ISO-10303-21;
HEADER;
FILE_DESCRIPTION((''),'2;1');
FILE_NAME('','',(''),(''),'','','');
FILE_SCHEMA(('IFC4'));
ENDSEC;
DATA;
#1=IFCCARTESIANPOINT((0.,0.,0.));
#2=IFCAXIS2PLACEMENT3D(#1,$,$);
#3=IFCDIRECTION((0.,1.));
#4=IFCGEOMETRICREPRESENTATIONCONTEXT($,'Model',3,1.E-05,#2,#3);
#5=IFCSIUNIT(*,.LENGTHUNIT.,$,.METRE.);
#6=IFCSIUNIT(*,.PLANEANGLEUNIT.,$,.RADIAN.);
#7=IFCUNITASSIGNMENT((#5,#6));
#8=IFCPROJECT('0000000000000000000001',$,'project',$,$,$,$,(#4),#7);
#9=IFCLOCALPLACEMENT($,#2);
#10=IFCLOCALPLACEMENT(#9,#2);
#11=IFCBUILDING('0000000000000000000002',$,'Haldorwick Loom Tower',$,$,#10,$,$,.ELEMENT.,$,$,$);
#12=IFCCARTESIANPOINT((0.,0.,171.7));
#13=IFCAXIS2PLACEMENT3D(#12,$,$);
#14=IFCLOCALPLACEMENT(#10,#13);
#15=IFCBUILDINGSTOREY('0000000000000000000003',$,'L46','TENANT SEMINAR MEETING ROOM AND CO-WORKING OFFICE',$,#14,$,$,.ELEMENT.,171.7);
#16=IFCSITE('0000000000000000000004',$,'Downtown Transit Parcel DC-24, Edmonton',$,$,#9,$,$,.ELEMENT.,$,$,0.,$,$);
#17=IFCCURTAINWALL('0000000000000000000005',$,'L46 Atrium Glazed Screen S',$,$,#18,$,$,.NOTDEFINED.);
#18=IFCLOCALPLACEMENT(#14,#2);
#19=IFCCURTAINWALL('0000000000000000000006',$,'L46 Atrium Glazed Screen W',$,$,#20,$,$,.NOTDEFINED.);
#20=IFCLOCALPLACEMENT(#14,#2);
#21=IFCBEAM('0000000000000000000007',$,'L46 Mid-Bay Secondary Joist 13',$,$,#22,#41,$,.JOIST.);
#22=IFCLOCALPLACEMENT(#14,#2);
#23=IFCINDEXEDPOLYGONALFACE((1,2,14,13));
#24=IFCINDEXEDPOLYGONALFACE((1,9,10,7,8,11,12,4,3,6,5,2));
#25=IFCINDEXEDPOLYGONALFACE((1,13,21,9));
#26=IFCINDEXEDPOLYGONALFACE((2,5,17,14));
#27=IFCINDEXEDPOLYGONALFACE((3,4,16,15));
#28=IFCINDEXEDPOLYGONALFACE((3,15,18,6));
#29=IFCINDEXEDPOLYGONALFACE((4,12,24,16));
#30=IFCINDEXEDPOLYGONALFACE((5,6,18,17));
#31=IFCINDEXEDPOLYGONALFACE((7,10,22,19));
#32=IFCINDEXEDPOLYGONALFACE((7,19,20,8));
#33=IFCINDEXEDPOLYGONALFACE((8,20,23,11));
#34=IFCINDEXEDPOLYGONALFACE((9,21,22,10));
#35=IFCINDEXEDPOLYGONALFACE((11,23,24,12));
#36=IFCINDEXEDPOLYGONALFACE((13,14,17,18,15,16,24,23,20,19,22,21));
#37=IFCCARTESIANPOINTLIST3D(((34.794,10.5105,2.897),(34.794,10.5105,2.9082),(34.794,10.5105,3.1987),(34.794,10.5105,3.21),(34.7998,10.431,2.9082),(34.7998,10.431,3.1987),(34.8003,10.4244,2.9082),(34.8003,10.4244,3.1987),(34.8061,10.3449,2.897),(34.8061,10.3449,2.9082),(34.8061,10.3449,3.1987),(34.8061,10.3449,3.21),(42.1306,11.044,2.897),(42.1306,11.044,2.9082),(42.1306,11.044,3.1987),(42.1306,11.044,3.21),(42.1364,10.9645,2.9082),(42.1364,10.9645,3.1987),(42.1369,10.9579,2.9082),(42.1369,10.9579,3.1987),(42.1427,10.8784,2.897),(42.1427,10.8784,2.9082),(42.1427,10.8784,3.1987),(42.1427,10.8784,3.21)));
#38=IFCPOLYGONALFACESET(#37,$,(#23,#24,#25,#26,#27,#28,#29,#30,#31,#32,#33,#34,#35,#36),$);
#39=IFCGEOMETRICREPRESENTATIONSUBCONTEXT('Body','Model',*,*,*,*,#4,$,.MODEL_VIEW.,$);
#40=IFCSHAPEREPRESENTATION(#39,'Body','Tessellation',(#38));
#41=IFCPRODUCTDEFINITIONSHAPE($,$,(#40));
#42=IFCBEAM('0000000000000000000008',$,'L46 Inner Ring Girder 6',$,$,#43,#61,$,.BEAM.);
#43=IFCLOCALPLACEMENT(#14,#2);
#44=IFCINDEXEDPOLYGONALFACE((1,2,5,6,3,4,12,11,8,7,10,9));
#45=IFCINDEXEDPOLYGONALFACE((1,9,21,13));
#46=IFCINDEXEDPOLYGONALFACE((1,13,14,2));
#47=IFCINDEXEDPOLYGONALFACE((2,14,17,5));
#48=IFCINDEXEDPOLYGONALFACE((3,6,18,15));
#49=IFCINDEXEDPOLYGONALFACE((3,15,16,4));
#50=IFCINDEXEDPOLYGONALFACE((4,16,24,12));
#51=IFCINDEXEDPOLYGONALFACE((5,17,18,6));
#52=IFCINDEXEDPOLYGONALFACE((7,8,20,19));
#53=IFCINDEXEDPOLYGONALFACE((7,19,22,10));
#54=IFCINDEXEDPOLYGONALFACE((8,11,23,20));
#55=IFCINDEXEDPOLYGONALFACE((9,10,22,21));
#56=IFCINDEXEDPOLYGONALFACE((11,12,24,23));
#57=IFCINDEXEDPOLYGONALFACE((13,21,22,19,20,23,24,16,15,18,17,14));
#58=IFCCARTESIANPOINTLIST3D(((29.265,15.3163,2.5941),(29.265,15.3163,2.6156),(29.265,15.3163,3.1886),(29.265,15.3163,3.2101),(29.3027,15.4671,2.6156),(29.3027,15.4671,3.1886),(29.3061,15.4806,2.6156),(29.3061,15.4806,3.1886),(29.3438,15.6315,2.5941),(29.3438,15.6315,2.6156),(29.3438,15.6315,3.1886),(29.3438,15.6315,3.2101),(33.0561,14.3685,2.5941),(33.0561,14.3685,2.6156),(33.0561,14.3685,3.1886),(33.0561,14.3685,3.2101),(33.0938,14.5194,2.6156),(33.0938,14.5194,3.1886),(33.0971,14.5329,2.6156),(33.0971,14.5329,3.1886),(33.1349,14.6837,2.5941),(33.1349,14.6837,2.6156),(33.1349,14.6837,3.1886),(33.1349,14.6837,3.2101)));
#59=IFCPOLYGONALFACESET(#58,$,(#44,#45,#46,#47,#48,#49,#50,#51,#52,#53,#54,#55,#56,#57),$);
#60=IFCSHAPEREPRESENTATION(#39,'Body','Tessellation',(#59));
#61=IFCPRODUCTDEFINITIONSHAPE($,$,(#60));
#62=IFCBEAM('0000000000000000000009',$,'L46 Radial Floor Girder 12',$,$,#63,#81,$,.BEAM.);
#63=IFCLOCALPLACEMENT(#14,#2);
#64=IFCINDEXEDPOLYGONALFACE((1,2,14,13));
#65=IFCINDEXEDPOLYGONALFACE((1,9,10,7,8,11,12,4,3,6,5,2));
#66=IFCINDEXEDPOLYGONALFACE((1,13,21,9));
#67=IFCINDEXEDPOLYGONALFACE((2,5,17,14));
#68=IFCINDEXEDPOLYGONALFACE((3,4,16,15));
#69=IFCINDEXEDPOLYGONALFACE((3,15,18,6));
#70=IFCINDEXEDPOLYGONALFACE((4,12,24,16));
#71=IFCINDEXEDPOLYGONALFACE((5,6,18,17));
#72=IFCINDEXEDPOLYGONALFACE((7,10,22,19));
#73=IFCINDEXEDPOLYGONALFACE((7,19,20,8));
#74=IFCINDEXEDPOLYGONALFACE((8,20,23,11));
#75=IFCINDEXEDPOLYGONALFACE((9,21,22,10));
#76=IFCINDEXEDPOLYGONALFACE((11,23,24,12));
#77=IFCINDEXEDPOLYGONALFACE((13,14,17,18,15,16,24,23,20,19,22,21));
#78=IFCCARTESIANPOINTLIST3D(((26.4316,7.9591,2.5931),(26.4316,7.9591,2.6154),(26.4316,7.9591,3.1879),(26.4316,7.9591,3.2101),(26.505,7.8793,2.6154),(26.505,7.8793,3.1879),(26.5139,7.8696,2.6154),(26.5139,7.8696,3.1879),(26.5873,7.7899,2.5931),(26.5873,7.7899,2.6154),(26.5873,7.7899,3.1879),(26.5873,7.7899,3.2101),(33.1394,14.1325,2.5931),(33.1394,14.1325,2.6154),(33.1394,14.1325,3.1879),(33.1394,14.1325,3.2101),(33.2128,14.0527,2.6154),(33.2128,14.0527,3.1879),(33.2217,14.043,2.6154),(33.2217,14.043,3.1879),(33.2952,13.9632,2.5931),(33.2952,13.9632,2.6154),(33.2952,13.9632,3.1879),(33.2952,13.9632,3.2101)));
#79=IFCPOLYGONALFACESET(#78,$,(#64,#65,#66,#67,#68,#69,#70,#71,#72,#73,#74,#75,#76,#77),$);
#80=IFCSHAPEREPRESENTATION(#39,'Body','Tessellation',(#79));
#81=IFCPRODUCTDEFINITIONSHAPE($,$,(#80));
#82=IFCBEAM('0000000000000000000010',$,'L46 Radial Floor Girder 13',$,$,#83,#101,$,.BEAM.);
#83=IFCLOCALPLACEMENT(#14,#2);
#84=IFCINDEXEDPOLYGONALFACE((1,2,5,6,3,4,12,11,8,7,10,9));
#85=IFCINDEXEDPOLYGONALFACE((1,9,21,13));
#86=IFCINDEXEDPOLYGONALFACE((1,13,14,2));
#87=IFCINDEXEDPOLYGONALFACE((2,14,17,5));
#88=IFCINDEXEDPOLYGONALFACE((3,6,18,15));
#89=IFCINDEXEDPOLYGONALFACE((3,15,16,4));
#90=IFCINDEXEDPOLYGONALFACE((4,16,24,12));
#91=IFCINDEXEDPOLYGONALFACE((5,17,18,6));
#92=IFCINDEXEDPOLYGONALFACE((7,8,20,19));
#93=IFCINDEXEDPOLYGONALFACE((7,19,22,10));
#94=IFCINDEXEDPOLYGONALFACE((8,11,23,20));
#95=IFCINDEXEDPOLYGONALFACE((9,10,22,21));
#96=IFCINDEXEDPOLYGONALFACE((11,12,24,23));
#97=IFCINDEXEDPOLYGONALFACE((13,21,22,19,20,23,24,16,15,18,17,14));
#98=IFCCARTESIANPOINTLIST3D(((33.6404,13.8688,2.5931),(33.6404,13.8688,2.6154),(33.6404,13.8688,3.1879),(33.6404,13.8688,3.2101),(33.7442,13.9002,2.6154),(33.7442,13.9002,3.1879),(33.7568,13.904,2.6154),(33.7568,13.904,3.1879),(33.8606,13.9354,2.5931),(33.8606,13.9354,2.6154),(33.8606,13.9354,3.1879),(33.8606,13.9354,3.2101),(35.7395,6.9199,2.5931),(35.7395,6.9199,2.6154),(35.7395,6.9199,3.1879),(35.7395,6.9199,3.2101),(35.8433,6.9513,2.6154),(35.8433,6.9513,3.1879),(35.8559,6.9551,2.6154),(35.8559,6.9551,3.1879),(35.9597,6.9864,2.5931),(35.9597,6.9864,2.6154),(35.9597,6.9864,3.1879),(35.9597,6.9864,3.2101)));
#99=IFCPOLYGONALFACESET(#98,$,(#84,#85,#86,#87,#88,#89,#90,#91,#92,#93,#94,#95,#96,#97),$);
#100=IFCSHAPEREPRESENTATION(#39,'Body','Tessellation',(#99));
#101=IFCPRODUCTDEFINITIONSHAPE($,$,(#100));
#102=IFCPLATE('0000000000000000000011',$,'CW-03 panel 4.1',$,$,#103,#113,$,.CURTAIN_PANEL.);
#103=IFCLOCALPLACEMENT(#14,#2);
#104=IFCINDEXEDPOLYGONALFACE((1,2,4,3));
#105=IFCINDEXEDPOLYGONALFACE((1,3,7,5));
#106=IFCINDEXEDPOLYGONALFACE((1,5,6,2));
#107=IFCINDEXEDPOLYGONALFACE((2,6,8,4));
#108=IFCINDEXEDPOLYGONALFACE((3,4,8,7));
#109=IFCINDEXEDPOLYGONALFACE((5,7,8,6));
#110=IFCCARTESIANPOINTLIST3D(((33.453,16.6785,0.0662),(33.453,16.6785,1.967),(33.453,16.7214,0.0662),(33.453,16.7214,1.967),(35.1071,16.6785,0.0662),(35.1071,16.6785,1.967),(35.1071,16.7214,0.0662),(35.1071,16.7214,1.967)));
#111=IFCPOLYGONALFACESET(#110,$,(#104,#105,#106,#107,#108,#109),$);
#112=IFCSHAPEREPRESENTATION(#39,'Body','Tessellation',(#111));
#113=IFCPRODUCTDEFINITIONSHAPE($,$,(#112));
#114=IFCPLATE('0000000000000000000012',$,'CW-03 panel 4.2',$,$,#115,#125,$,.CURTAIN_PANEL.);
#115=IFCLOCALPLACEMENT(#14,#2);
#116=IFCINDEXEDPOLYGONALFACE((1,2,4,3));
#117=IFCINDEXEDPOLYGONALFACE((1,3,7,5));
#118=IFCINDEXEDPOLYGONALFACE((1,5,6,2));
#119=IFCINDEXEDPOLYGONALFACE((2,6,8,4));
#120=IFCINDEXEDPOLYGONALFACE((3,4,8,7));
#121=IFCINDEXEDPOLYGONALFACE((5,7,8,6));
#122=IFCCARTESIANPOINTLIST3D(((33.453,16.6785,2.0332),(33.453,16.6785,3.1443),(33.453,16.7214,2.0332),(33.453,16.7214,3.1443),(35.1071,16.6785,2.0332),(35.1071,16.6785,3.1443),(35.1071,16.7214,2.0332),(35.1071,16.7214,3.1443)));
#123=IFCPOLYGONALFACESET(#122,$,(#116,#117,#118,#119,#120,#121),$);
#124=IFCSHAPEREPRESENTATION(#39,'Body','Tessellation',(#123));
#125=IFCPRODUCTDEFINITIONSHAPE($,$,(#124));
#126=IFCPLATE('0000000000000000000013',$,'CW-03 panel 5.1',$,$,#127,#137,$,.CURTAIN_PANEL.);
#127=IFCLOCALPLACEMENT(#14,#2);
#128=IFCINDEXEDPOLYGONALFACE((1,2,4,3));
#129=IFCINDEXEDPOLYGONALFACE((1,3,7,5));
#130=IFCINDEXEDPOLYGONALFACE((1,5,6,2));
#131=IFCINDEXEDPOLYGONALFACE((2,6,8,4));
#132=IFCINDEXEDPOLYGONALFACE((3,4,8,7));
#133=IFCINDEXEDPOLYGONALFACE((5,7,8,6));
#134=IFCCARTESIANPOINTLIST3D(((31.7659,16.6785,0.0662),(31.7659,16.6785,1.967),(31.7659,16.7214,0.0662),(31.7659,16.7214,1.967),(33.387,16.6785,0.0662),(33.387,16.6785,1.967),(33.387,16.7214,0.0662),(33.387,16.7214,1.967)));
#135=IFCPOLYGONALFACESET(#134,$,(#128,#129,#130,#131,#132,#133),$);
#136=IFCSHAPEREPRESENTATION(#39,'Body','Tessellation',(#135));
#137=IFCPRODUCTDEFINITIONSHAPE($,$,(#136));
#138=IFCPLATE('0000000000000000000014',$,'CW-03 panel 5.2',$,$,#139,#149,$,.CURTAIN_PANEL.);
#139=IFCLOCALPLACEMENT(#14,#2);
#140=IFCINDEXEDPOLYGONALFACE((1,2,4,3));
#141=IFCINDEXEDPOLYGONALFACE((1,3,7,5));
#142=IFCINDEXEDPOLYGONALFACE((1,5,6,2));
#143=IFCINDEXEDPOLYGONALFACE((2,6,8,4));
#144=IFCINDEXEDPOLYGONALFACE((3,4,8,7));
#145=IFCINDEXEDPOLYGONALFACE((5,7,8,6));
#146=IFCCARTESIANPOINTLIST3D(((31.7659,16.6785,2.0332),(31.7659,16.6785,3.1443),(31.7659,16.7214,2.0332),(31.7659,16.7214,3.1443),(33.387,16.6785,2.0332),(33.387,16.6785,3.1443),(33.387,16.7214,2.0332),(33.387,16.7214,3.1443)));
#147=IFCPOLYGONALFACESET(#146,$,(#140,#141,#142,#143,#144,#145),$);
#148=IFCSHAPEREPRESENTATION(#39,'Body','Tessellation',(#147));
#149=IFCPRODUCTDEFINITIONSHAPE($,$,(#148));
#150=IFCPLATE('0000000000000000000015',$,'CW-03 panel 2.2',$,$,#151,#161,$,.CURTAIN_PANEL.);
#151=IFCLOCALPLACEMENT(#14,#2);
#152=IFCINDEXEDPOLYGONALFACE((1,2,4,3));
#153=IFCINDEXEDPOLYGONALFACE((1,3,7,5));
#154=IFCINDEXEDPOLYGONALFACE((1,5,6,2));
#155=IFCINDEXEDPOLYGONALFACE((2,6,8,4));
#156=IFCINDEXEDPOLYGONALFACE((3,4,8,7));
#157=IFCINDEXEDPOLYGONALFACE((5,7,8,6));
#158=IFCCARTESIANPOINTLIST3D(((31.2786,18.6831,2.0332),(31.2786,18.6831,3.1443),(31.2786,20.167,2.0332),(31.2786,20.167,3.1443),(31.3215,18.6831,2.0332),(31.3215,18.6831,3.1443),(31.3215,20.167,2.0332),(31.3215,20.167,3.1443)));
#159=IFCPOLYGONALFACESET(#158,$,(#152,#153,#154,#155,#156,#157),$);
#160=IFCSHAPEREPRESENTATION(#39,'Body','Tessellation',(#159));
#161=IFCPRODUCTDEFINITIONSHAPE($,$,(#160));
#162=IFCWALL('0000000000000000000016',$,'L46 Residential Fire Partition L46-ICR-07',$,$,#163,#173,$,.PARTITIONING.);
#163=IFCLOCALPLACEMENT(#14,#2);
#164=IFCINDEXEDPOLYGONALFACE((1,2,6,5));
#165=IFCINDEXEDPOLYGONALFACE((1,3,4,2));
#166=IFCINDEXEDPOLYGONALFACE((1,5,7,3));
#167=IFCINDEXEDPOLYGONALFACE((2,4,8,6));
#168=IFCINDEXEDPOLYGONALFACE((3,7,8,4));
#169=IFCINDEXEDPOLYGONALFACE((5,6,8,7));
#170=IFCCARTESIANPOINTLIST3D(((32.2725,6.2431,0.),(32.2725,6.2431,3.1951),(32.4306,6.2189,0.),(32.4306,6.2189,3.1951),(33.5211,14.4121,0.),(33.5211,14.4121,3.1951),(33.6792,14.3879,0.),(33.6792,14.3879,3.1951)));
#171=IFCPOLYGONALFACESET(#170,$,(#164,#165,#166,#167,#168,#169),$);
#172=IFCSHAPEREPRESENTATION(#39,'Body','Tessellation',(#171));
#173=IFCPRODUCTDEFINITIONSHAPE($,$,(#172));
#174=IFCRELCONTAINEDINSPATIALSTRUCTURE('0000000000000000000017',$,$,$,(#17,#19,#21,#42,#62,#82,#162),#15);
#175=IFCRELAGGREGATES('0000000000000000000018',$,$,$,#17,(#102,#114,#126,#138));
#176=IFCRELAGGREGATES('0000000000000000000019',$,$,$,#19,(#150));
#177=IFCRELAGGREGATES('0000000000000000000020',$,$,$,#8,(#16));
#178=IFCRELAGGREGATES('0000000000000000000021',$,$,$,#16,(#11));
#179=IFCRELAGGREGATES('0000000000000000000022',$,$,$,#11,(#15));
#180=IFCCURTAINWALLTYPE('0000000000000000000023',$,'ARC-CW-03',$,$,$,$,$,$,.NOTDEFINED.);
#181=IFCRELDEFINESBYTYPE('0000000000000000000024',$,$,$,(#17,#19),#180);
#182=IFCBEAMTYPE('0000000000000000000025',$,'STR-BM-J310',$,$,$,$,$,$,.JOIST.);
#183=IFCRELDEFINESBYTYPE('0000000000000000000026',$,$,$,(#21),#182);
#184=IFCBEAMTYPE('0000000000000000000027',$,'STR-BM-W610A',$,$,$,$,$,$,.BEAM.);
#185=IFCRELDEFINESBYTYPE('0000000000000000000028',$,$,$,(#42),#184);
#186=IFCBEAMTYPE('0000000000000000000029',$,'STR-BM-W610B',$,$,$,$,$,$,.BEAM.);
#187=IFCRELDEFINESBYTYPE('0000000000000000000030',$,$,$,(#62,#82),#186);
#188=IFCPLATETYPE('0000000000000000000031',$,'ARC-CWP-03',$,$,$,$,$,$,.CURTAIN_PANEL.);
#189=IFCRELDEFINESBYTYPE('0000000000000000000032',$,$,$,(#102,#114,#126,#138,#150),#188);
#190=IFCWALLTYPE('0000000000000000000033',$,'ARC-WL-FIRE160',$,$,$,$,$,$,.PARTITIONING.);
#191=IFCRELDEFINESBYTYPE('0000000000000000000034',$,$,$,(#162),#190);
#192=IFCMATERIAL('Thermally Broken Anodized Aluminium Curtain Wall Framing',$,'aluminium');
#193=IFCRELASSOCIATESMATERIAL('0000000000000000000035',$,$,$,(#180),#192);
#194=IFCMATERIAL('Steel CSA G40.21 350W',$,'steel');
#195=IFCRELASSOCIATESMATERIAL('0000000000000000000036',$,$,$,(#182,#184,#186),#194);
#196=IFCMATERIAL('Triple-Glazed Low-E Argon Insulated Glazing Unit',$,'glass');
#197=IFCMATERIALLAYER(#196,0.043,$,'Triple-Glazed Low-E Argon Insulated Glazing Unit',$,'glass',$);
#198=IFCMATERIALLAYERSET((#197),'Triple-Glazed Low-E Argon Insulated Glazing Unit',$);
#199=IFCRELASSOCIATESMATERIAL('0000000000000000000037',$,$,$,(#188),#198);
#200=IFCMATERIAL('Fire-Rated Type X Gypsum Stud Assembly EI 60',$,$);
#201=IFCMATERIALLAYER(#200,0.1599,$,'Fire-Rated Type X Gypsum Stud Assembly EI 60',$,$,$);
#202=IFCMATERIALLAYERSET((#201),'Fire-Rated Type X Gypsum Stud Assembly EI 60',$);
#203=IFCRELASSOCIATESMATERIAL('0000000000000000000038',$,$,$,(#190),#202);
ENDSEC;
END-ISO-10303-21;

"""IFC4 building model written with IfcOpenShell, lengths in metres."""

from ifc_helpers import new_model, si_unit, direction, frame, frame_2d, origin, origin_2d, place, context, subcontext, project, spatial, rectangle, i_section, extrude, material, layer, layer_set, material_profile, profile_set, type_object, element, aggregate, save


model = new_model("IFC4")

# Units and contexts
model_context = context("Model", 3, precision=1e-05, world=origin(), true_north=direction((0.0, 1.0)))
body_context = subcontext(model_context, "Body", "Model", "MODEL_VIEW")
ifc_project = project(units=[si_unit("LENGTHUNIT", "METRE"), si_unit("PLANEANGLEUNIT", "RADIAN")], contexts=[model_context])

# Site, building, storey
site_placement = place(None, origin())
site = spatial("IfcSite", under=ifc_project, at=site_placement, Name="Downtown Transit Parcel DC-24, Edmonton", CompositionType="ELEMENT", RefElevation=0.0)
building_placement = place(site_placement, origin())
building = spatial("IfcBuilding", under=site, at=building_placement, Name="Haldorwick Loom Tower", CompositionType="ELEMENT")
storey_placement = place(building_placement, frame((0.0, 0.0, 171.7)))
storey = spatial("IfcBuildingStorey", under=building, at=storey_placement, Name="L46", Description="TENANT SEMINAR MEETING ROOM AND CO-WORKING OFFICE", CompositionType="ELEMENT", Elevation=171.7)

# Curtain wall
ifc_material_1 = material(Name="Thermally Broken Anodized Aluminium Curtain Wall Framing", Category="aluminium")
curtain_wall_type = type_object("IfcCurtainWallType", Name="ARC-CW-03", PredefinedType="NOTDEFINED", material=ifc_material_1)
curtain_wall_1_placement = place(storey_placement, origin())
curtain_wall_1 = element("IfcCurtainWall", 1, at=curtain_wall_1_placement, inside=storey, type_object=curtain_wall_type, Name="L46 Atrium Glazed Screen S", PredefinedType="NOTDEFINED")

# Curtain wall
curtain_wall_2_placement = place(storey_placement, origin())
curtain_wall_2 = element("IfcCurtainWall", 2, at=curtain_wall_2_placement, inside=storey, type_object=curtain_wall_type, Name="L46 Atrium Glazed Screen W", PredefinedType="NOTDEFINED")

# Beams
ifc_material_2 = material(Name="Steel CSA G40.21 350W", Category="steel")
ifc_material_profile_1 = material_profile(ifc_material_2, i_section(OverallWidth=0.166, OverallDepth=0.313, WebThickness=0.0066, FlangeThickness=0.0112, at=origin_2d()), Name="W310X45", Category="steel")
ifc_profile_set_1 = profile_set([ifc_material_profile_1], Name="Steel CSA G40.21 350W")
beam_type_1 = type_object("IfcBeamType", Name="STR-BM-J310", PredefinedType="JOIST", material=ifc_profile_set_1)
beam_1_placement = place(storey_placement, frame((34.8, 10.4277, 3.0535), z_axis=(0.997367, 0.072518, 0.0), x_axis=(-0.072518, 0.997367, 0.0)))
element("IfcBeam", 3, at=beam_1_placement, inside=storey, type_object=beam_type_1, Name="L46 Mid-Bay Secondary Joist 13", PredefinedType="JOIST", context=body_context, shape_type="SweptSolid", body=[
    extrude(i_section(OverallWidth=0.166, OverallDepth=0.313, WebThickness=0.0066, FlangeThickness=0.0112, at=origin_2d()), origin(), (0.0, 0.0, 1.0), 7.356),
])
ifc_material_profile_2 = material_profile(ifc_material_2, i_section(OverallWidth=0.325, OverallDepth=0.616, WebThickness=0.0139, FlangeThickness=0.0215, at=origin_2d()), Name="W610X174", Category="steel")
ifc_profile_set_2 = profile_set([ifc_material_profile_2], Name="Steel CSA G40.21 350W")
beam_type_2 = type_object("IfcBeamType", Name="STR-BM-W610A", PredefinedType="BEAM", material=ifc_profile_set_2)
beam_2_placement = place(storey_placement, frame((33.0955, 14.5261, 2.9021), z_axis=(-0.970143, 0.242536, 0.0), x_axis=(-0.242536, -0.970143, 0.0)))
element("IfcBeam", 4, at=beam_2_placement, inside=storey, type_object=beam_type_2, Name="L46 Inner Ring Girder 6", PredefinedType="BEAM", context=body_context, shape_type="SweptSolid", body=[
    extrude(i_section(OverallWidth=0.325, OverallDepth=0.616, WebThickness=0.0139, FlangeThickness=0.0215, at=origin_2d()), origin(), (0.0, 0.0, 1.0), 3.9077),
])
ifc_material_profile_3 = material_profile(ifc_material_2, i_section(OverallWidth=0.23, OverallDepth=0.6169, WebThickness=0.0132, FlangeThickness=0.0222, at=origin_2d()), Name="W610X140", Category="steel")
ifc_profile_set_3 = profile_set([ifc_material_profile_3], Name="Steel CSA G40.21 350W")
beam_type_3 = type_object("IfcBeamType", Name="STR-BM-W610B", PredefinedType="BEAM", material=ifc_profile_set_3)
beam_3_placement = place(storey_placement, frame((33.2173, 14.0479, 2.9016), z_axis=(-0.735811, -0.677187, 0.0), x_axis=(0.677187, -0.735811, 0.0)))
element("IfcBeam", 5, at=beam_3_placement, inside=storey, type_object=beam_type_3, Name="L46 Radial Floor Girder 12", PredefinedType="BEAM", context=body_context, shape_type="SweptSolid", body=[
    extrude(i_section(OverallWidth=0.23, OverallDepth=0.6169, WebThickness=0.0132, FlangeThickness=0.0222, at=origin_2d()), origin(), (0.0, 0.0, 1.0), 9.1162),
])
beam_4_placement = place(storey_placement, frame((33.7505, 13.9021, 2.9016), z_axis=(0.289171, -0.957277, 0.0), x_axis=(0.957277, 0.289171, 0.0)))
element("IfcBeam", 6, at=beam_4_placement, inside=storey, type_object=beam_type_3, Name="L46 Radial Floor Girder 13", PredefinedType="BEAM", context=body_context, shape_type="SweptSolid", body=[
    extrude(i_section(OverallWidth=0.23, OverallDepth=0.6169, WebThickness=0.0132, FlangeThickness=0.0222, at=origin_2d()), origin(), (0.0, 0.0, 1.0), 7.259),
])

# Plates
ifc_material_3 = material(Name="Triple-Glazed Low-E Argon Insulated Glazing Unit", Category="glass")
ifc_layer_1 = layer(ifc_material_3, 0.043, Name="Triple-Glazed Low-E Argon Insulated Glazing Unit", Category="glass")
ifc_layer_set_1 = layer_set([ifc_layer_1], Name="Triple-Glazed Low-E Argon Insulated Glazing Unit")
plate_type = type_object("IfcPlateType", Name="ARC-CWP-03", PredefinedType="CURTAIN_PANEL", material=ifc_layer_set_1)
plate_1_placement = place(storey_placement, frame((34.28, 16.7, 0.0662), z_axis=(0.0, 0.0, 1.0), x_axis=(-1.0, 0.0, 0.0)))
plate_1 = element("IfcPlate", 7, at=plate_1_placement, type_object=plate_type, Name="CW-03 panel 4.1", PredefinedType="CURTAIN_PANEL", context=body_context, shape_type="SweptSolid", body=[
    extrude(rectangle(XDim=1.6541, YDim=0.043, at=origin_2d()), origin(), (0.0, 0.0, 1.0), 1.9009),
])
plate_2_placement = place(storey_placement, frame((34.28, 16.7, 2.0332), z_axis=(0.0, 0.0, 1.0), x_axis=(-1.0, 0.0, 0.0)))
plate_2 = element("IfcPlate", 8, at=plate_2_placement, type_object=plate_type, Name="CW-03 panel 4.2", PredefinedType="CURTAIN_PANEL", context=body_context, shape_type="SweptSolid", body=[
    extrude(rectangle(XDim=1.6541, YDim=0.043, at=origin_2d()), origin(), (0.0, 0.0, 1.0), 1.1111),
])
plate_3_placement = place(storey_placement, frame((32.5764, 16.7, 0.0662), z_axis=(0.0, 0.0, 1.0), x_axis=(-1.0, 0.0, 0.0)))
plate_3 = element("IfcPlate", 9, at=plate_3_placement, type_object=plate_type, Name="CW-03 panel 5.1", PredefinedType="CURTAIN_PANEL", context=body_context, shape_type="SweptSolid", body=[
    extrude(rectangle(XDim=1.6211, YDim=0.043, at=origin_2d()), origin(), (0.0, 0.0, 1.0), 1.9009),
])
plate_4_placement = place(storey_placement, frame((32.5764, 16.7, 2.0332), z_axis=(0.0, 0.0, 1.0), x_axis=(-1.0, 0.0, 0.0)))
plate_4 = element("IfcPlate", 10, at=plate_4_placement, type_object=plate_type, Name="CW-03 panel 5.2", PredefinedType="CURTAIN_PANEL", context=body_context, shape_type="SweptSolid", body=[
    extrude(rectangle(XDim=1.6211, YDim=0.043, at=origin_2d()), origin(), (0.0, 0.0, 1.0), 1.1111),
])
aggregate(curtain_wall_1, [plate_1, plate_2, plate_3, plate_4])
plate_5_placement = place(storey_placement, frame((31.3, 19.425, 2.0332), z_axis=(0.0, 0.0, 1.0), x_axis=(0.0, 1.0, 0.0)))
plate_5 = element("IfcPlate", 11, at=plate_5_placement, type_object=plate_type, Name="CW-03 panel 2.2", PredefinedType="CURTAIN_PANEL", context=body_context, shape_type="SweptSolid", body=[
    extrude(rectangle(XDim=1.4839, YDim=0.043, at=origin_2d()), origin(), (0.0, 0.0, 1.0), 1.1111),
])
aggregate(curtain_wall_2, [plate_5])

# Wall
ifc_material_4 = material(Name="Fire-Rated Type X Gypsum Stud Assembly EI 60")
ifc_layer_2 = layer(ifc_material_4, 0.1599, Name="Fire-Rated Type X Gypsum Stud Assembly EI 60")
ifc_layer_set_2 = layer_set([ifc_layer_2], Name="Fire-Rated Type X Gypsum Stud Assembly EI 60")
wall_type = type_object("IfcWallType", Name="ARC-WL-FIRE160", PredefinedType="PARTITIONING", material=ifc_layer_set_2)
wall_placement = place(storey_placement, frame((33.6001, 14.3999, 0.0), z_axis=(0.0, 0.0, 1.0), x_axis=(-0.151085, -0.988521, 0.0)))
element("IfcWall", 12, at=wall_placement, inside=storey, type_object=wall_type, Name="L46 Residential Fire Partition L46-ICR-07", PredefinedType="PARTITIONING", context=body_context, shape_type="SweptSolid", body=[
    extrude(rectangle(XDim=8.2639, YDim=0.1599, at=frame_2d((4.1318, 0.0))), origin(), (0.0, 0.0, 1.0), 3.1951),
])

save(model, "model.ifc")
